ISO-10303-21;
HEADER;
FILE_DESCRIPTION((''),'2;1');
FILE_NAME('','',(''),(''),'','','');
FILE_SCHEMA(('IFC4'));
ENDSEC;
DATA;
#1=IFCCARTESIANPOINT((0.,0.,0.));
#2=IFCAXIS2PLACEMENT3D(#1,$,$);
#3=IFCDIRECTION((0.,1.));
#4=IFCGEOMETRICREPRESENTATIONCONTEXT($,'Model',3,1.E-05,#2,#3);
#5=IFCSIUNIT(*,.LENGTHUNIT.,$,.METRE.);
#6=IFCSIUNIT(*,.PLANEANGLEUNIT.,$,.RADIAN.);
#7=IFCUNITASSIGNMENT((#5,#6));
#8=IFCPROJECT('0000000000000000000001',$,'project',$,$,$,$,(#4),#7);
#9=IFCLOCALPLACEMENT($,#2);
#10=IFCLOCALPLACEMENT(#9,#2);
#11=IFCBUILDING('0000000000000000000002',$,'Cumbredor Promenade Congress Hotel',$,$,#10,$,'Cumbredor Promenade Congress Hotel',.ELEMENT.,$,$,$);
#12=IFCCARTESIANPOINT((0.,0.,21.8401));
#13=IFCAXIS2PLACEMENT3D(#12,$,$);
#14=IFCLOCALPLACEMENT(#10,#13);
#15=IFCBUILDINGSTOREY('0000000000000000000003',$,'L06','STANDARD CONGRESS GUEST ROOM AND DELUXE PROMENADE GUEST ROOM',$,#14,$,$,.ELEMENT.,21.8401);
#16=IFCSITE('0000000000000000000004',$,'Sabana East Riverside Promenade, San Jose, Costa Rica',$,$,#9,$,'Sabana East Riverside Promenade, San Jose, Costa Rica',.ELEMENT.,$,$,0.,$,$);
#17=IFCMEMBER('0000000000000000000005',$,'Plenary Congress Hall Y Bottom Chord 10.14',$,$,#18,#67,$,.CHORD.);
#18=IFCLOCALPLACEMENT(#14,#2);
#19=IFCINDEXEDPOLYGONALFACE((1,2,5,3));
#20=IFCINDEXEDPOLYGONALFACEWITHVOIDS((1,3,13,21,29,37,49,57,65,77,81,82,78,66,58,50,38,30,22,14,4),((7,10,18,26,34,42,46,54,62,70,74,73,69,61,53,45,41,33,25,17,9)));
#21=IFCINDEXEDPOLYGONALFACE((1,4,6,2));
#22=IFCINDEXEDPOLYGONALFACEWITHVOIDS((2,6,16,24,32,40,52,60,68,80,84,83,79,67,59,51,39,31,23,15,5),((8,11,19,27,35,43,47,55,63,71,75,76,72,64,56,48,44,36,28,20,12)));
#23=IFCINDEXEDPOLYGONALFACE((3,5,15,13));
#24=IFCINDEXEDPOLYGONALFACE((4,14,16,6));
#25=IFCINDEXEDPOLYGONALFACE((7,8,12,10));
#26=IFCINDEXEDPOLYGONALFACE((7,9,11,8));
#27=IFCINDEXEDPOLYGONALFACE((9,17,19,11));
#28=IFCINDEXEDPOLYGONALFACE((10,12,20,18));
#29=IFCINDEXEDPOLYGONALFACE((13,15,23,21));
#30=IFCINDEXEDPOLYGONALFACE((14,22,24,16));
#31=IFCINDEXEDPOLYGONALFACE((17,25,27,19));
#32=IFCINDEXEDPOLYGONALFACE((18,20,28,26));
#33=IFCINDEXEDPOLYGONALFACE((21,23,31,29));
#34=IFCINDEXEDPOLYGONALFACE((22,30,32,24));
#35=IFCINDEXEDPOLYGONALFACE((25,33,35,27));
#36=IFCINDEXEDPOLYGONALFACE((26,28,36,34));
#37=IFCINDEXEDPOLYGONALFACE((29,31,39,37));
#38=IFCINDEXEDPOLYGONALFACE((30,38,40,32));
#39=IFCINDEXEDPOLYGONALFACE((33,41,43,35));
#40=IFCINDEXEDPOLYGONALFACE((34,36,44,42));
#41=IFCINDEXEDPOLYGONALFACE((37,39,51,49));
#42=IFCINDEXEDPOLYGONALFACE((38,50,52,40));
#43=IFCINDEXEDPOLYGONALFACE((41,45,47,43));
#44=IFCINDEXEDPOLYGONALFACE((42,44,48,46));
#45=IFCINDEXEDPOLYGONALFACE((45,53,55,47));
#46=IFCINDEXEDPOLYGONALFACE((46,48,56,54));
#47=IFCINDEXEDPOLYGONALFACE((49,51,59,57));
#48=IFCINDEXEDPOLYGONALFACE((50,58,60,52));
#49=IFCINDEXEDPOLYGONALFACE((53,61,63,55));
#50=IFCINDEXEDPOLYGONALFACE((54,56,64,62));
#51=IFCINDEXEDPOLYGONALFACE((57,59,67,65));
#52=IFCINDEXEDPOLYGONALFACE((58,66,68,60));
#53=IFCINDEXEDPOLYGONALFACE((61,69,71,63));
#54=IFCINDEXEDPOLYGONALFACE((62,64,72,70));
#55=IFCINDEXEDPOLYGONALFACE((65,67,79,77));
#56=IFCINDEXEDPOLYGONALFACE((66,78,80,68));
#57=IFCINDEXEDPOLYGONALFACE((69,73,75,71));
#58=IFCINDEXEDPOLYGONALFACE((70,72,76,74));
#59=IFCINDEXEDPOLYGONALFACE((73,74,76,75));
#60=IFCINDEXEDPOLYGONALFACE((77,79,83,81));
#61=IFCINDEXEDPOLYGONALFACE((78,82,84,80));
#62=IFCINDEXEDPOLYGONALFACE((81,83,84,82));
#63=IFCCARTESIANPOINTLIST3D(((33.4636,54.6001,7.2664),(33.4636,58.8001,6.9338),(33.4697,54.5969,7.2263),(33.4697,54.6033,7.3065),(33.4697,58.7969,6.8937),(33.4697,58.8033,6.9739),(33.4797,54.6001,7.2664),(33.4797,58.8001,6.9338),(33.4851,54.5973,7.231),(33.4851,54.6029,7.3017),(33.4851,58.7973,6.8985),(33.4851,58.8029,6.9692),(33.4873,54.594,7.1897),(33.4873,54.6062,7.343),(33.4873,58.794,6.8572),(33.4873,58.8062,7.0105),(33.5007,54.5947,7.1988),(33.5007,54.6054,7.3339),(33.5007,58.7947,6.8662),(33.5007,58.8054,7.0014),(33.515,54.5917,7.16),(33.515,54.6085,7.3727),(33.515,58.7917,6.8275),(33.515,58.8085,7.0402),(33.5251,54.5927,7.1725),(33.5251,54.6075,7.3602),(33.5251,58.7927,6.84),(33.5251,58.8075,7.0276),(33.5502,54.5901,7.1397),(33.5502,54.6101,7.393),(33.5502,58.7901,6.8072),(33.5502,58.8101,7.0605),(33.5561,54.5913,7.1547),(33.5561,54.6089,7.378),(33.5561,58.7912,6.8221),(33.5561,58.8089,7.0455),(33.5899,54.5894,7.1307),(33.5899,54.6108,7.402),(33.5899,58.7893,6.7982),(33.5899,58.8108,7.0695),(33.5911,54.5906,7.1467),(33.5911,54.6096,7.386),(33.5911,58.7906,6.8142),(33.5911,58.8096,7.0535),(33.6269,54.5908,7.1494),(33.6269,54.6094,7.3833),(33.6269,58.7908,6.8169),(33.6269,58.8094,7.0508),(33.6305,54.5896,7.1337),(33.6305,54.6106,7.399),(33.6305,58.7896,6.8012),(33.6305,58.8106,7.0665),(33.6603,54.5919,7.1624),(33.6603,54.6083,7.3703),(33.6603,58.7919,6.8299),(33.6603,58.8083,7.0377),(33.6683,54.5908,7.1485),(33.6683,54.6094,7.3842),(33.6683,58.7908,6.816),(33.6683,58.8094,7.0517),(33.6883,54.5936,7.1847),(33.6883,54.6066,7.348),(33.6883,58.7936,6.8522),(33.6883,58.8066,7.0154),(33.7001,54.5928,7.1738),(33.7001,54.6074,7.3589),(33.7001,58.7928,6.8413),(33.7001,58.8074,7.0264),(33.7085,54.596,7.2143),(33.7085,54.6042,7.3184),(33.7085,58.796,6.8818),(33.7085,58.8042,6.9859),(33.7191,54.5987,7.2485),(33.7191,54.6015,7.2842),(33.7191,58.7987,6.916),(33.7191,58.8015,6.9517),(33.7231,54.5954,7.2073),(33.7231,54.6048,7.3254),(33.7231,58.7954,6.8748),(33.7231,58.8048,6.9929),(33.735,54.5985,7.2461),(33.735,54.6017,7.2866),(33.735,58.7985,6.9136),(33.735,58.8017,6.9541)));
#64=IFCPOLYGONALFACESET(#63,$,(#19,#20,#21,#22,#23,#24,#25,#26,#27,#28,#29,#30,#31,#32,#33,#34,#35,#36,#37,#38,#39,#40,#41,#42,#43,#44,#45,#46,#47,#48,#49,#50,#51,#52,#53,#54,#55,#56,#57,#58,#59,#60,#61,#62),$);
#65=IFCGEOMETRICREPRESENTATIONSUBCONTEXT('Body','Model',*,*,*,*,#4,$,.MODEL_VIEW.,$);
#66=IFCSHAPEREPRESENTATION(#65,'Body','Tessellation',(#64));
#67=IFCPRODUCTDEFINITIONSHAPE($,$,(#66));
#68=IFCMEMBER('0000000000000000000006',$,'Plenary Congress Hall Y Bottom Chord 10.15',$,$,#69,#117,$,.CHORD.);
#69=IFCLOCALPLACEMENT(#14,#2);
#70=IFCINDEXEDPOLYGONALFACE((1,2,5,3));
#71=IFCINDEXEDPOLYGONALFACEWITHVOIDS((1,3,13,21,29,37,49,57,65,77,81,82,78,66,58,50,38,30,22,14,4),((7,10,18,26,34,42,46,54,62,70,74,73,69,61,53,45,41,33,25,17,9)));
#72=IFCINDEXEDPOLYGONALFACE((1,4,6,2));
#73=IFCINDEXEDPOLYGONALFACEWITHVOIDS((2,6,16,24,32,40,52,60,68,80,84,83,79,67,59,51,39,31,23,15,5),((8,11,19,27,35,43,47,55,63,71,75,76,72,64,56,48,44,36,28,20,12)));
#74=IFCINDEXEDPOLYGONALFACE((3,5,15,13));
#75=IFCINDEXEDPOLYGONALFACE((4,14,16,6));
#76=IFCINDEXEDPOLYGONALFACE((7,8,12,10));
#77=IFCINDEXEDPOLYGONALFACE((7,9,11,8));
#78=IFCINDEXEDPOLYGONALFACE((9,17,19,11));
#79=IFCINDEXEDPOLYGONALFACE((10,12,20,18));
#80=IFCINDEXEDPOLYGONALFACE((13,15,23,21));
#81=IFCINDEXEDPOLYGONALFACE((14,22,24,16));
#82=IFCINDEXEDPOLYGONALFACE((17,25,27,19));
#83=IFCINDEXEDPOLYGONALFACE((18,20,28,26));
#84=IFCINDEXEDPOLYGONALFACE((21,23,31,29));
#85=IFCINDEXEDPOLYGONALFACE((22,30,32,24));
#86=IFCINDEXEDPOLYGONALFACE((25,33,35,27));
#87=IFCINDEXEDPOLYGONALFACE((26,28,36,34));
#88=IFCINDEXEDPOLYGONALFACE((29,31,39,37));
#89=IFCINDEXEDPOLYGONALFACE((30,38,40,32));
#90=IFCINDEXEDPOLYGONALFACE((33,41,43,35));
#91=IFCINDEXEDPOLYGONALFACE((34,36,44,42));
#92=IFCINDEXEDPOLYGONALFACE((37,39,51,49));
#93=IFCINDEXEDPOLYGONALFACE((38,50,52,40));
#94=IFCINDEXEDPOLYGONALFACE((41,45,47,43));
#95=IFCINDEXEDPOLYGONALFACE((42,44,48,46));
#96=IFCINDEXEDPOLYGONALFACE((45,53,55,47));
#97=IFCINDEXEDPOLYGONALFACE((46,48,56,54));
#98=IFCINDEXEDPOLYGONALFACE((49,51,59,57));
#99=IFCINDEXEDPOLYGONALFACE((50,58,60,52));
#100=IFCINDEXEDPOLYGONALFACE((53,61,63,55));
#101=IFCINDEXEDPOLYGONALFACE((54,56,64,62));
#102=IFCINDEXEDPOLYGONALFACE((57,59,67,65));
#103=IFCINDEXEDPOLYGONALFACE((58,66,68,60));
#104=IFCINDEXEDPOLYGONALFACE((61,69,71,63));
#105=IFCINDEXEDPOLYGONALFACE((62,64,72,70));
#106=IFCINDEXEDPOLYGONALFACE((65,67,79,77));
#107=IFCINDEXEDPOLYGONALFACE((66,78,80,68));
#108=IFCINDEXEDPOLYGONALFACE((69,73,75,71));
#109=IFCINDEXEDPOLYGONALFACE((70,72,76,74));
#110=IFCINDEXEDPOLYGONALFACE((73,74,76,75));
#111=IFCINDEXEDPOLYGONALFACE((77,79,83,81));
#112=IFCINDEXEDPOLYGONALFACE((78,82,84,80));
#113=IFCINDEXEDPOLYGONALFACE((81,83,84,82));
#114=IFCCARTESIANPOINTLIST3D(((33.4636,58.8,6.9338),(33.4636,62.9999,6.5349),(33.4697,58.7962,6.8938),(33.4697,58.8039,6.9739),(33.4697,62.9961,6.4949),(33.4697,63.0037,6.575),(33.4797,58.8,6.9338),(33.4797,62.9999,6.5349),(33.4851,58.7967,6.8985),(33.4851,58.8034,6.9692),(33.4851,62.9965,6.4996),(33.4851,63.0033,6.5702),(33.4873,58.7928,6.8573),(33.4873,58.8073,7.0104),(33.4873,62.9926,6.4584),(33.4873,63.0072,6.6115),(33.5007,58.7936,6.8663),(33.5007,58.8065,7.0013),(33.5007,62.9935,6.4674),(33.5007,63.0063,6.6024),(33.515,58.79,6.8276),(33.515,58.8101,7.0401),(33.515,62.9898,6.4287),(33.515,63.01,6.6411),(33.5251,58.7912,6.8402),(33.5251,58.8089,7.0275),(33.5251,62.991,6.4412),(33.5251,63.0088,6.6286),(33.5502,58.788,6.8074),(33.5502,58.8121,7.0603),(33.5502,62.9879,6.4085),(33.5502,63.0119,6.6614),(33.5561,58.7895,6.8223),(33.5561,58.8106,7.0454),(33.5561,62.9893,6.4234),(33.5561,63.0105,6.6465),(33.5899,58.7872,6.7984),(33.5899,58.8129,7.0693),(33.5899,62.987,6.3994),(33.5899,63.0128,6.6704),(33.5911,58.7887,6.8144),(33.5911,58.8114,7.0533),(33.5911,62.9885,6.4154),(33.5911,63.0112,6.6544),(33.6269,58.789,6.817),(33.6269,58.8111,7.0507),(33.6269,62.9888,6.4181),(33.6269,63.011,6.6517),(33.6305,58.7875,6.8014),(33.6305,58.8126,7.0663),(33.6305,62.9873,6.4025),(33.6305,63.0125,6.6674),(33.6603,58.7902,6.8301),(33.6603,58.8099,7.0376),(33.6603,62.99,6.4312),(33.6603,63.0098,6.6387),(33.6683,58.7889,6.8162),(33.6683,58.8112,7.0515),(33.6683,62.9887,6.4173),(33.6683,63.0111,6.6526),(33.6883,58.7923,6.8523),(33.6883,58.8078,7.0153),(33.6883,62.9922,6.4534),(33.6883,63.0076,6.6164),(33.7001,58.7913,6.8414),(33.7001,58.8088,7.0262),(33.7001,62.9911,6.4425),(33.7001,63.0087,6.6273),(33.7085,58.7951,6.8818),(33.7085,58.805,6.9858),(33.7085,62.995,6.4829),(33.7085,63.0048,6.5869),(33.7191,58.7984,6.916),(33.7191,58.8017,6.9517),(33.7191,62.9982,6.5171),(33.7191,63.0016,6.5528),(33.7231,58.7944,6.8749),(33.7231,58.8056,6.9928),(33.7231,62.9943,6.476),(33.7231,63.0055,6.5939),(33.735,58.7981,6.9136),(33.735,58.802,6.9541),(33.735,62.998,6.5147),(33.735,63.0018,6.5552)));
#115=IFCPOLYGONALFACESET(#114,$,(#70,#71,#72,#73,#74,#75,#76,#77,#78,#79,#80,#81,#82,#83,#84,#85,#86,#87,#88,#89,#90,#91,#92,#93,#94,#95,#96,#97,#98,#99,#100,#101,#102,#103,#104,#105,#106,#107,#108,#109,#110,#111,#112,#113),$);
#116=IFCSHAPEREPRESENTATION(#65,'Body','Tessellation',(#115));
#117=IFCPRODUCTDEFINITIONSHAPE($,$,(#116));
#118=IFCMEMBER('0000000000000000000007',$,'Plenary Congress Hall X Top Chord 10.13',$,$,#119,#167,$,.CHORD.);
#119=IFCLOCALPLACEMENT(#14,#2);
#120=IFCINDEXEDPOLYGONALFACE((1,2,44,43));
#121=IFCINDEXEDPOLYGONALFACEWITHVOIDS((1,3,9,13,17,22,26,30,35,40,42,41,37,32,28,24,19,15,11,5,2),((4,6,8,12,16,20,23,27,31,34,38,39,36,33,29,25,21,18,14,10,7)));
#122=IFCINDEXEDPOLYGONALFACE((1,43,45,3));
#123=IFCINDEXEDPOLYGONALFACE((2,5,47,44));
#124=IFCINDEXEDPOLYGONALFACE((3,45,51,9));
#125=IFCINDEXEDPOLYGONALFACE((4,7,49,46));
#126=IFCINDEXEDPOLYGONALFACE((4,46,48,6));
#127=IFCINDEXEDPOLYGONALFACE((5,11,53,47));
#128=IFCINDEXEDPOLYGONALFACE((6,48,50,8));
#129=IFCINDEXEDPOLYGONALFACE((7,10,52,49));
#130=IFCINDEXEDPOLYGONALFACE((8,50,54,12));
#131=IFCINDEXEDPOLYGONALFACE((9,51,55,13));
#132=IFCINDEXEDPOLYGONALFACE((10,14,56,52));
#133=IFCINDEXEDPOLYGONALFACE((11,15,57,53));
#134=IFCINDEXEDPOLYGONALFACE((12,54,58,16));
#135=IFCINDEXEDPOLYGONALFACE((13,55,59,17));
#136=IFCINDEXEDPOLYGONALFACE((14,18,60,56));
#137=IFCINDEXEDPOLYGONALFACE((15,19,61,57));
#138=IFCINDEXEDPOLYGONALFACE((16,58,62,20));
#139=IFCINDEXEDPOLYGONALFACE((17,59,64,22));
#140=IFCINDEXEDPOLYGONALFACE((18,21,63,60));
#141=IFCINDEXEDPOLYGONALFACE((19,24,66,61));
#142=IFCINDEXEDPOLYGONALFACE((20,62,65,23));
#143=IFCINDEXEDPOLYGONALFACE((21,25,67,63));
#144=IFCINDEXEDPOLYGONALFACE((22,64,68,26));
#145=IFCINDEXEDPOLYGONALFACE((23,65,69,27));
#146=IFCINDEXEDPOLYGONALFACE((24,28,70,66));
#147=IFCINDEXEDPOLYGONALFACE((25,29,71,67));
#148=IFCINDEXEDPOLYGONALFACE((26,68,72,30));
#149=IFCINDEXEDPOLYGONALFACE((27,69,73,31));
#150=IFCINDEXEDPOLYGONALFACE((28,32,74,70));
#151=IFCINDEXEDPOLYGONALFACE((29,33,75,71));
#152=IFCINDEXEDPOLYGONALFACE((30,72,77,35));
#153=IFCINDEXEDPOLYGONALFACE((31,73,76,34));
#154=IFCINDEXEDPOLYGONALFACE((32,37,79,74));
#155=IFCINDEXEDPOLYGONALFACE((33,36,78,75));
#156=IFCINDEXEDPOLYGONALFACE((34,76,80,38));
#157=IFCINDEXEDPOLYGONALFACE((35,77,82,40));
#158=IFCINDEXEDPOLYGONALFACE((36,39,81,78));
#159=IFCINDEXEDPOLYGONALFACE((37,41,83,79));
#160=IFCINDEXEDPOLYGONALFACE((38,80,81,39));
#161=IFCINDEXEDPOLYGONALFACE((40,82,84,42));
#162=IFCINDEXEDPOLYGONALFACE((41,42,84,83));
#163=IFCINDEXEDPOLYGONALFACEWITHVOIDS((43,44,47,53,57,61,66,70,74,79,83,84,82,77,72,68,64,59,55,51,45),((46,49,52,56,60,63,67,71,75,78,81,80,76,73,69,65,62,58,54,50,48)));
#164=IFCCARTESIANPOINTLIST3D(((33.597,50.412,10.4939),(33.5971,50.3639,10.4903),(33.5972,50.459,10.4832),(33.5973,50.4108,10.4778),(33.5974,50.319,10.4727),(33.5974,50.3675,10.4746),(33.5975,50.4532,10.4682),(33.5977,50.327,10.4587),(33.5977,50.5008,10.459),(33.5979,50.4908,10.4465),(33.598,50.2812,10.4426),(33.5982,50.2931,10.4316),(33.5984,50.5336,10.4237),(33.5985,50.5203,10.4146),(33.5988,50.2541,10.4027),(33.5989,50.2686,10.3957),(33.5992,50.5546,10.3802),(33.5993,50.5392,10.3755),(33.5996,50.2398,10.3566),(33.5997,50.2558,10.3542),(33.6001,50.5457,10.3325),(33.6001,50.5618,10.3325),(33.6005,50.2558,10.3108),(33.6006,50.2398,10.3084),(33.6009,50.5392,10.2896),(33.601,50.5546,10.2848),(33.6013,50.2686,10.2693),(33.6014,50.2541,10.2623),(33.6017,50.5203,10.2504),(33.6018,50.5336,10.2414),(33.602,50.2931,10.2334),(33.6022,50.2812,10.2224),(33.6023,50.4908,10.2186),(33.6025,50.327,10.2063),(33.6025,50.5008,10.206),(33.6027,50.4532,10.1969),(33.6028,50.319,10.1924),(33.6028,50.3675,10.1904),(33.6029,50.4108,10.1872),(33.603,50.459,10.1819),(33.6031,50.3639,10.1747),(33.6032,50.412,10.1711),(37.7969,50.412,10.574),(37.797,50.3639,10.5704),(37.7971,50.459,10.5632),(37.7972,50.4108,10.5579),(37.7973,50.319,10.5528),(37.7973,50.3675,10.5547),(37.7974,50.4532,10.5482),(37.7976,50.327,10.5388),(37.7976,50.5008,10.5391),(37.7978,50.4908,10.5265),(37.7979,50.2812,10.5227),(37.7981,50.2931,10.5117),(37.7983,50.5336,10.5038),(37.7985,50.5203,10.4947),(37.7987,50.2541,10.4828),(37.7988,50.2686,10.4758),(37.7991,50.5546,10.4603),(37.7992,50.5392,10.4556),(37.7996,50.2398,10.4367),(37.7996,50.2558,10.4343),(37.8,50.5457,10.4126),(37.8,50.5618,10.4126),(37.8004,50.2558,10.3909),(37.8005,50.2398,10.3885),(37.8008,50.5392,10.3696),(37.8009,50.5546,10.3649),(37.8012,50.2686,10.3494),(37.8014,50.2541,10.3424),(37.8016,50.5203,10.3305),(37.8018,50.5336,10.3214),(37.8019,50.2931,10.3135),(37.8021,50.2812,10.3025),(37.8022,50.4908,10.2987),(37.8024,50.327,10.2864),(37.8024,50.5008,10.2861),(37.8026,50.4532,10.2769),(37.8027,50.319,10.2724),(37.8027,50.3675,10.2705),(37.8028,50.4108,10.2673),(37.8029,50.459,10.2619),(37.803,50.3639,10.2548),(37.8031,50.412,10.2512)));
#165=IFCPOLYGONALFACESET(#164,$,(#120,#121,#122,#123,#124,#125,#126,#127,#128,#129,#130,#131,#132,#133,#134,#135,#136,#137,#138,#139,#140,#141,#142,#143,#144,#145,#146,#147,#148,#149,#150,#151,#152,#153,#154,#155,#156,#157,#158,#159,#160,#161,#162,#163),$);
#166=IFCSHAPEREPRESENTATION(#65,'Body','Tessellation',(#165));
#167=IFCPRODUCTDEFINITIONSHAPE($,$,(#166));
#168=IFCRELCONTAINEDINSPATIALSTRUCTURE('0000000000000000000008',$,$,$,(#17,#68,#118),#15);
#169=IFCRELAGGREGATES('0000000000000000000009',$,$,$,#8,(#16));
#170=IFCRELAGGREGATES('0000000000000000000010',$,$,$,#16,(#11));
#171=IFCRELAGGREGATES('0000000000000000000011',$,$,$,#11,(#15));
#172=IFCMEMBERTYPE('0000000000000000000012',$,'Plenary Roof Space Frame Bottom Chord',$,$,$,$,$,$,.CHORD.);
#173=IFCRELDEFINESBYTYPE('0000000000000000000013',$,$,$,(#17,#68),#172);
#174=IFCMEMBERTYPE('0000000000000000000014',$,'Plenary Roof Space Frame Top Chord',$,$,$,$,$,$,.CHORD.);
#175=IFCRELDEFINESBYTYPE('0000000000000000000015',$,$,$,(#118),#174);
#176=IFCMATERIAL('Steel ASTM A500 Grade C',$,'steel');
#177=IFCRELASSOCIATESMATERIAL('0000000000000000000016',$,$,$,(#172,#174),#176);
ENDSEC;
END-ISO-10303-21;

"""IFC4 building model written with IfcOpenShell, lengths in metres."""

from ifc_helpers import new_model, si_unit, direction, frame, origin, origin_2d, place, context, subcontext, project, spatial, hollow_circle, extrude, material, material_profile, profile_set, type_object, element, save


model = new_model("IFC4")

# Units and contexts
model_context = context("Model", 3, precision=1e-05, world=origin(), true_north=direction((0.0, 1.0)))
body_context = subcontext(model_context, "Body", "Model", "MODEL_VIEW")
ifc_project = project(units=[si_unit("LENGTHUNIT", "METRE"), si_unit("PLANEANGLEUNIT", "RADIAN")], contexts=[model_context])

# Site, building, storey
site_placement = place(None, origin())
site = spatial("IfcSite", under=ifc_project, at=site_placement, Name="Sabana East Riverside Promenade, San Jose, Costa Rica", LongName="Sabana East Riverside Promenade, San Jose, Costa Rica", CompositionType="ELEMENT", RefElevation=0.0)
building_placement = place(site_placement, origin())
building = spatial("IfcBuilding", under=site, at=building_placement, Name="Cumbredor Promenade Congress Hotel", LongName="Cumbredor Promenade Congress Hotel", CompositionType="ELEMENT")
storey_placement = place(building_placement, frame((0.0, 0.0, 21.8401)))
storey = spatial("IfcBuildingStorey", under=building, at=storey_placement, Name="L06", Description="STANDARD CONGRESS GUEST ROOM AND DELUXE PROMENADE GUEST ROOM", CompositionType="ELEMENT", Elevation=21.8401)

# Members
ifc_material_1 = material(Name="Steel ASTM A500 Grade C", Category="steel")
ifc_material_profile_1 = material_profile(ifc_material_1, hollow_circle(Radius=0.1365, WallThickness=0.0161, at=origin_2d()), Name="CHS 273.0x16")
ifc_profile_set_1 = profile_set([ifc_material_profile_1], Name="Steel ASTM A500 Grade C")
member_type_1 = type_object("IfcMemberType", Name="Plenary Roof Space Frame Bottom Chord", PredefinedType="CHORD", material=ifc_profile_set_1)
member_1_placement = place(storey_placement, frame((33.6001, 54.6001, 7.2664), z_axis=(0.0, 0.996881, -0.078925), x_axis=(-1.0, 0.0, 0.0)))
element("IfcMember", 1, at=member_1_placement, inside=storey, type_object=member_type_1, Name="Plenary Congress Hall Y Bottom Chord 10.14", PredefinedType="CHORD", context=body_context, shape_type="SweptSolid", body=[
    extrude(hollow_circle(Radius=0.1365, WallThickness=0.0161, at=origin_2d()), origin(), (0.0, 0.0, 1.0), 4.2131),
])
member_2_placement = place(storey_placement, frame((33.6001, 58.8, 6.9338), z_axis=(0.0, 0.995519, -0.094558), x_axis=(-1.0, 0.0, 0.0)))
element("IfcMember", 2, at=member_2_placement, inside=storey, type_object=member_type_1, Name="Plenary Congress Hall Y Bottom Chord 10.15", PredefinedType="CHORD", context=body_context, shape_type="SweptSolid", body=[
    extrude(hollow_circle(Radius=0.1365, WallThickness=0.0161, at=origin_2d()), origin(), (0.0, 0.0, 1.0), 4.2188),
])
ifc_material_profile_2 = material_profile(ifc_material_1, hollow_circle(Radius=0.1619, WallThickness=0.0161, at=origin_2d()), Name="CHS 323.9x16")
ifc_profile_set_2 = profile_set([ifc_material_profile_2], Name="Steel ASTM A500 Grade C")
member_type_2 = type_object("IfcMemberType", Name="Plenary Roof Space Frame Top Chord", PredefinedType="CHORD", material=ifc_profile_set_2)
member_3_placement = place(storey_placement, frame((33.6001, 50.3999, 10.3325), z_axis=(0.999818, 0.0, 0.019063), x_axis=(0.0, 1.0, 0.0)))
element("IfcMember", 3, at=member_3_placement, inside=storey, type_object=member_type_2, Name="Plenary Congress Hall X Top Chord 10.13", PredefinedType="CHORD", context=body_context, shape_type="SweptSolid", body=[
    extrude(hollow_circle(Radius=0.1619, WallThickness=0.0161, at=origin_2d()), origin(), (0.0, 0.0, 1.0), 4.2007),
])

save(model, "model.ifc")
